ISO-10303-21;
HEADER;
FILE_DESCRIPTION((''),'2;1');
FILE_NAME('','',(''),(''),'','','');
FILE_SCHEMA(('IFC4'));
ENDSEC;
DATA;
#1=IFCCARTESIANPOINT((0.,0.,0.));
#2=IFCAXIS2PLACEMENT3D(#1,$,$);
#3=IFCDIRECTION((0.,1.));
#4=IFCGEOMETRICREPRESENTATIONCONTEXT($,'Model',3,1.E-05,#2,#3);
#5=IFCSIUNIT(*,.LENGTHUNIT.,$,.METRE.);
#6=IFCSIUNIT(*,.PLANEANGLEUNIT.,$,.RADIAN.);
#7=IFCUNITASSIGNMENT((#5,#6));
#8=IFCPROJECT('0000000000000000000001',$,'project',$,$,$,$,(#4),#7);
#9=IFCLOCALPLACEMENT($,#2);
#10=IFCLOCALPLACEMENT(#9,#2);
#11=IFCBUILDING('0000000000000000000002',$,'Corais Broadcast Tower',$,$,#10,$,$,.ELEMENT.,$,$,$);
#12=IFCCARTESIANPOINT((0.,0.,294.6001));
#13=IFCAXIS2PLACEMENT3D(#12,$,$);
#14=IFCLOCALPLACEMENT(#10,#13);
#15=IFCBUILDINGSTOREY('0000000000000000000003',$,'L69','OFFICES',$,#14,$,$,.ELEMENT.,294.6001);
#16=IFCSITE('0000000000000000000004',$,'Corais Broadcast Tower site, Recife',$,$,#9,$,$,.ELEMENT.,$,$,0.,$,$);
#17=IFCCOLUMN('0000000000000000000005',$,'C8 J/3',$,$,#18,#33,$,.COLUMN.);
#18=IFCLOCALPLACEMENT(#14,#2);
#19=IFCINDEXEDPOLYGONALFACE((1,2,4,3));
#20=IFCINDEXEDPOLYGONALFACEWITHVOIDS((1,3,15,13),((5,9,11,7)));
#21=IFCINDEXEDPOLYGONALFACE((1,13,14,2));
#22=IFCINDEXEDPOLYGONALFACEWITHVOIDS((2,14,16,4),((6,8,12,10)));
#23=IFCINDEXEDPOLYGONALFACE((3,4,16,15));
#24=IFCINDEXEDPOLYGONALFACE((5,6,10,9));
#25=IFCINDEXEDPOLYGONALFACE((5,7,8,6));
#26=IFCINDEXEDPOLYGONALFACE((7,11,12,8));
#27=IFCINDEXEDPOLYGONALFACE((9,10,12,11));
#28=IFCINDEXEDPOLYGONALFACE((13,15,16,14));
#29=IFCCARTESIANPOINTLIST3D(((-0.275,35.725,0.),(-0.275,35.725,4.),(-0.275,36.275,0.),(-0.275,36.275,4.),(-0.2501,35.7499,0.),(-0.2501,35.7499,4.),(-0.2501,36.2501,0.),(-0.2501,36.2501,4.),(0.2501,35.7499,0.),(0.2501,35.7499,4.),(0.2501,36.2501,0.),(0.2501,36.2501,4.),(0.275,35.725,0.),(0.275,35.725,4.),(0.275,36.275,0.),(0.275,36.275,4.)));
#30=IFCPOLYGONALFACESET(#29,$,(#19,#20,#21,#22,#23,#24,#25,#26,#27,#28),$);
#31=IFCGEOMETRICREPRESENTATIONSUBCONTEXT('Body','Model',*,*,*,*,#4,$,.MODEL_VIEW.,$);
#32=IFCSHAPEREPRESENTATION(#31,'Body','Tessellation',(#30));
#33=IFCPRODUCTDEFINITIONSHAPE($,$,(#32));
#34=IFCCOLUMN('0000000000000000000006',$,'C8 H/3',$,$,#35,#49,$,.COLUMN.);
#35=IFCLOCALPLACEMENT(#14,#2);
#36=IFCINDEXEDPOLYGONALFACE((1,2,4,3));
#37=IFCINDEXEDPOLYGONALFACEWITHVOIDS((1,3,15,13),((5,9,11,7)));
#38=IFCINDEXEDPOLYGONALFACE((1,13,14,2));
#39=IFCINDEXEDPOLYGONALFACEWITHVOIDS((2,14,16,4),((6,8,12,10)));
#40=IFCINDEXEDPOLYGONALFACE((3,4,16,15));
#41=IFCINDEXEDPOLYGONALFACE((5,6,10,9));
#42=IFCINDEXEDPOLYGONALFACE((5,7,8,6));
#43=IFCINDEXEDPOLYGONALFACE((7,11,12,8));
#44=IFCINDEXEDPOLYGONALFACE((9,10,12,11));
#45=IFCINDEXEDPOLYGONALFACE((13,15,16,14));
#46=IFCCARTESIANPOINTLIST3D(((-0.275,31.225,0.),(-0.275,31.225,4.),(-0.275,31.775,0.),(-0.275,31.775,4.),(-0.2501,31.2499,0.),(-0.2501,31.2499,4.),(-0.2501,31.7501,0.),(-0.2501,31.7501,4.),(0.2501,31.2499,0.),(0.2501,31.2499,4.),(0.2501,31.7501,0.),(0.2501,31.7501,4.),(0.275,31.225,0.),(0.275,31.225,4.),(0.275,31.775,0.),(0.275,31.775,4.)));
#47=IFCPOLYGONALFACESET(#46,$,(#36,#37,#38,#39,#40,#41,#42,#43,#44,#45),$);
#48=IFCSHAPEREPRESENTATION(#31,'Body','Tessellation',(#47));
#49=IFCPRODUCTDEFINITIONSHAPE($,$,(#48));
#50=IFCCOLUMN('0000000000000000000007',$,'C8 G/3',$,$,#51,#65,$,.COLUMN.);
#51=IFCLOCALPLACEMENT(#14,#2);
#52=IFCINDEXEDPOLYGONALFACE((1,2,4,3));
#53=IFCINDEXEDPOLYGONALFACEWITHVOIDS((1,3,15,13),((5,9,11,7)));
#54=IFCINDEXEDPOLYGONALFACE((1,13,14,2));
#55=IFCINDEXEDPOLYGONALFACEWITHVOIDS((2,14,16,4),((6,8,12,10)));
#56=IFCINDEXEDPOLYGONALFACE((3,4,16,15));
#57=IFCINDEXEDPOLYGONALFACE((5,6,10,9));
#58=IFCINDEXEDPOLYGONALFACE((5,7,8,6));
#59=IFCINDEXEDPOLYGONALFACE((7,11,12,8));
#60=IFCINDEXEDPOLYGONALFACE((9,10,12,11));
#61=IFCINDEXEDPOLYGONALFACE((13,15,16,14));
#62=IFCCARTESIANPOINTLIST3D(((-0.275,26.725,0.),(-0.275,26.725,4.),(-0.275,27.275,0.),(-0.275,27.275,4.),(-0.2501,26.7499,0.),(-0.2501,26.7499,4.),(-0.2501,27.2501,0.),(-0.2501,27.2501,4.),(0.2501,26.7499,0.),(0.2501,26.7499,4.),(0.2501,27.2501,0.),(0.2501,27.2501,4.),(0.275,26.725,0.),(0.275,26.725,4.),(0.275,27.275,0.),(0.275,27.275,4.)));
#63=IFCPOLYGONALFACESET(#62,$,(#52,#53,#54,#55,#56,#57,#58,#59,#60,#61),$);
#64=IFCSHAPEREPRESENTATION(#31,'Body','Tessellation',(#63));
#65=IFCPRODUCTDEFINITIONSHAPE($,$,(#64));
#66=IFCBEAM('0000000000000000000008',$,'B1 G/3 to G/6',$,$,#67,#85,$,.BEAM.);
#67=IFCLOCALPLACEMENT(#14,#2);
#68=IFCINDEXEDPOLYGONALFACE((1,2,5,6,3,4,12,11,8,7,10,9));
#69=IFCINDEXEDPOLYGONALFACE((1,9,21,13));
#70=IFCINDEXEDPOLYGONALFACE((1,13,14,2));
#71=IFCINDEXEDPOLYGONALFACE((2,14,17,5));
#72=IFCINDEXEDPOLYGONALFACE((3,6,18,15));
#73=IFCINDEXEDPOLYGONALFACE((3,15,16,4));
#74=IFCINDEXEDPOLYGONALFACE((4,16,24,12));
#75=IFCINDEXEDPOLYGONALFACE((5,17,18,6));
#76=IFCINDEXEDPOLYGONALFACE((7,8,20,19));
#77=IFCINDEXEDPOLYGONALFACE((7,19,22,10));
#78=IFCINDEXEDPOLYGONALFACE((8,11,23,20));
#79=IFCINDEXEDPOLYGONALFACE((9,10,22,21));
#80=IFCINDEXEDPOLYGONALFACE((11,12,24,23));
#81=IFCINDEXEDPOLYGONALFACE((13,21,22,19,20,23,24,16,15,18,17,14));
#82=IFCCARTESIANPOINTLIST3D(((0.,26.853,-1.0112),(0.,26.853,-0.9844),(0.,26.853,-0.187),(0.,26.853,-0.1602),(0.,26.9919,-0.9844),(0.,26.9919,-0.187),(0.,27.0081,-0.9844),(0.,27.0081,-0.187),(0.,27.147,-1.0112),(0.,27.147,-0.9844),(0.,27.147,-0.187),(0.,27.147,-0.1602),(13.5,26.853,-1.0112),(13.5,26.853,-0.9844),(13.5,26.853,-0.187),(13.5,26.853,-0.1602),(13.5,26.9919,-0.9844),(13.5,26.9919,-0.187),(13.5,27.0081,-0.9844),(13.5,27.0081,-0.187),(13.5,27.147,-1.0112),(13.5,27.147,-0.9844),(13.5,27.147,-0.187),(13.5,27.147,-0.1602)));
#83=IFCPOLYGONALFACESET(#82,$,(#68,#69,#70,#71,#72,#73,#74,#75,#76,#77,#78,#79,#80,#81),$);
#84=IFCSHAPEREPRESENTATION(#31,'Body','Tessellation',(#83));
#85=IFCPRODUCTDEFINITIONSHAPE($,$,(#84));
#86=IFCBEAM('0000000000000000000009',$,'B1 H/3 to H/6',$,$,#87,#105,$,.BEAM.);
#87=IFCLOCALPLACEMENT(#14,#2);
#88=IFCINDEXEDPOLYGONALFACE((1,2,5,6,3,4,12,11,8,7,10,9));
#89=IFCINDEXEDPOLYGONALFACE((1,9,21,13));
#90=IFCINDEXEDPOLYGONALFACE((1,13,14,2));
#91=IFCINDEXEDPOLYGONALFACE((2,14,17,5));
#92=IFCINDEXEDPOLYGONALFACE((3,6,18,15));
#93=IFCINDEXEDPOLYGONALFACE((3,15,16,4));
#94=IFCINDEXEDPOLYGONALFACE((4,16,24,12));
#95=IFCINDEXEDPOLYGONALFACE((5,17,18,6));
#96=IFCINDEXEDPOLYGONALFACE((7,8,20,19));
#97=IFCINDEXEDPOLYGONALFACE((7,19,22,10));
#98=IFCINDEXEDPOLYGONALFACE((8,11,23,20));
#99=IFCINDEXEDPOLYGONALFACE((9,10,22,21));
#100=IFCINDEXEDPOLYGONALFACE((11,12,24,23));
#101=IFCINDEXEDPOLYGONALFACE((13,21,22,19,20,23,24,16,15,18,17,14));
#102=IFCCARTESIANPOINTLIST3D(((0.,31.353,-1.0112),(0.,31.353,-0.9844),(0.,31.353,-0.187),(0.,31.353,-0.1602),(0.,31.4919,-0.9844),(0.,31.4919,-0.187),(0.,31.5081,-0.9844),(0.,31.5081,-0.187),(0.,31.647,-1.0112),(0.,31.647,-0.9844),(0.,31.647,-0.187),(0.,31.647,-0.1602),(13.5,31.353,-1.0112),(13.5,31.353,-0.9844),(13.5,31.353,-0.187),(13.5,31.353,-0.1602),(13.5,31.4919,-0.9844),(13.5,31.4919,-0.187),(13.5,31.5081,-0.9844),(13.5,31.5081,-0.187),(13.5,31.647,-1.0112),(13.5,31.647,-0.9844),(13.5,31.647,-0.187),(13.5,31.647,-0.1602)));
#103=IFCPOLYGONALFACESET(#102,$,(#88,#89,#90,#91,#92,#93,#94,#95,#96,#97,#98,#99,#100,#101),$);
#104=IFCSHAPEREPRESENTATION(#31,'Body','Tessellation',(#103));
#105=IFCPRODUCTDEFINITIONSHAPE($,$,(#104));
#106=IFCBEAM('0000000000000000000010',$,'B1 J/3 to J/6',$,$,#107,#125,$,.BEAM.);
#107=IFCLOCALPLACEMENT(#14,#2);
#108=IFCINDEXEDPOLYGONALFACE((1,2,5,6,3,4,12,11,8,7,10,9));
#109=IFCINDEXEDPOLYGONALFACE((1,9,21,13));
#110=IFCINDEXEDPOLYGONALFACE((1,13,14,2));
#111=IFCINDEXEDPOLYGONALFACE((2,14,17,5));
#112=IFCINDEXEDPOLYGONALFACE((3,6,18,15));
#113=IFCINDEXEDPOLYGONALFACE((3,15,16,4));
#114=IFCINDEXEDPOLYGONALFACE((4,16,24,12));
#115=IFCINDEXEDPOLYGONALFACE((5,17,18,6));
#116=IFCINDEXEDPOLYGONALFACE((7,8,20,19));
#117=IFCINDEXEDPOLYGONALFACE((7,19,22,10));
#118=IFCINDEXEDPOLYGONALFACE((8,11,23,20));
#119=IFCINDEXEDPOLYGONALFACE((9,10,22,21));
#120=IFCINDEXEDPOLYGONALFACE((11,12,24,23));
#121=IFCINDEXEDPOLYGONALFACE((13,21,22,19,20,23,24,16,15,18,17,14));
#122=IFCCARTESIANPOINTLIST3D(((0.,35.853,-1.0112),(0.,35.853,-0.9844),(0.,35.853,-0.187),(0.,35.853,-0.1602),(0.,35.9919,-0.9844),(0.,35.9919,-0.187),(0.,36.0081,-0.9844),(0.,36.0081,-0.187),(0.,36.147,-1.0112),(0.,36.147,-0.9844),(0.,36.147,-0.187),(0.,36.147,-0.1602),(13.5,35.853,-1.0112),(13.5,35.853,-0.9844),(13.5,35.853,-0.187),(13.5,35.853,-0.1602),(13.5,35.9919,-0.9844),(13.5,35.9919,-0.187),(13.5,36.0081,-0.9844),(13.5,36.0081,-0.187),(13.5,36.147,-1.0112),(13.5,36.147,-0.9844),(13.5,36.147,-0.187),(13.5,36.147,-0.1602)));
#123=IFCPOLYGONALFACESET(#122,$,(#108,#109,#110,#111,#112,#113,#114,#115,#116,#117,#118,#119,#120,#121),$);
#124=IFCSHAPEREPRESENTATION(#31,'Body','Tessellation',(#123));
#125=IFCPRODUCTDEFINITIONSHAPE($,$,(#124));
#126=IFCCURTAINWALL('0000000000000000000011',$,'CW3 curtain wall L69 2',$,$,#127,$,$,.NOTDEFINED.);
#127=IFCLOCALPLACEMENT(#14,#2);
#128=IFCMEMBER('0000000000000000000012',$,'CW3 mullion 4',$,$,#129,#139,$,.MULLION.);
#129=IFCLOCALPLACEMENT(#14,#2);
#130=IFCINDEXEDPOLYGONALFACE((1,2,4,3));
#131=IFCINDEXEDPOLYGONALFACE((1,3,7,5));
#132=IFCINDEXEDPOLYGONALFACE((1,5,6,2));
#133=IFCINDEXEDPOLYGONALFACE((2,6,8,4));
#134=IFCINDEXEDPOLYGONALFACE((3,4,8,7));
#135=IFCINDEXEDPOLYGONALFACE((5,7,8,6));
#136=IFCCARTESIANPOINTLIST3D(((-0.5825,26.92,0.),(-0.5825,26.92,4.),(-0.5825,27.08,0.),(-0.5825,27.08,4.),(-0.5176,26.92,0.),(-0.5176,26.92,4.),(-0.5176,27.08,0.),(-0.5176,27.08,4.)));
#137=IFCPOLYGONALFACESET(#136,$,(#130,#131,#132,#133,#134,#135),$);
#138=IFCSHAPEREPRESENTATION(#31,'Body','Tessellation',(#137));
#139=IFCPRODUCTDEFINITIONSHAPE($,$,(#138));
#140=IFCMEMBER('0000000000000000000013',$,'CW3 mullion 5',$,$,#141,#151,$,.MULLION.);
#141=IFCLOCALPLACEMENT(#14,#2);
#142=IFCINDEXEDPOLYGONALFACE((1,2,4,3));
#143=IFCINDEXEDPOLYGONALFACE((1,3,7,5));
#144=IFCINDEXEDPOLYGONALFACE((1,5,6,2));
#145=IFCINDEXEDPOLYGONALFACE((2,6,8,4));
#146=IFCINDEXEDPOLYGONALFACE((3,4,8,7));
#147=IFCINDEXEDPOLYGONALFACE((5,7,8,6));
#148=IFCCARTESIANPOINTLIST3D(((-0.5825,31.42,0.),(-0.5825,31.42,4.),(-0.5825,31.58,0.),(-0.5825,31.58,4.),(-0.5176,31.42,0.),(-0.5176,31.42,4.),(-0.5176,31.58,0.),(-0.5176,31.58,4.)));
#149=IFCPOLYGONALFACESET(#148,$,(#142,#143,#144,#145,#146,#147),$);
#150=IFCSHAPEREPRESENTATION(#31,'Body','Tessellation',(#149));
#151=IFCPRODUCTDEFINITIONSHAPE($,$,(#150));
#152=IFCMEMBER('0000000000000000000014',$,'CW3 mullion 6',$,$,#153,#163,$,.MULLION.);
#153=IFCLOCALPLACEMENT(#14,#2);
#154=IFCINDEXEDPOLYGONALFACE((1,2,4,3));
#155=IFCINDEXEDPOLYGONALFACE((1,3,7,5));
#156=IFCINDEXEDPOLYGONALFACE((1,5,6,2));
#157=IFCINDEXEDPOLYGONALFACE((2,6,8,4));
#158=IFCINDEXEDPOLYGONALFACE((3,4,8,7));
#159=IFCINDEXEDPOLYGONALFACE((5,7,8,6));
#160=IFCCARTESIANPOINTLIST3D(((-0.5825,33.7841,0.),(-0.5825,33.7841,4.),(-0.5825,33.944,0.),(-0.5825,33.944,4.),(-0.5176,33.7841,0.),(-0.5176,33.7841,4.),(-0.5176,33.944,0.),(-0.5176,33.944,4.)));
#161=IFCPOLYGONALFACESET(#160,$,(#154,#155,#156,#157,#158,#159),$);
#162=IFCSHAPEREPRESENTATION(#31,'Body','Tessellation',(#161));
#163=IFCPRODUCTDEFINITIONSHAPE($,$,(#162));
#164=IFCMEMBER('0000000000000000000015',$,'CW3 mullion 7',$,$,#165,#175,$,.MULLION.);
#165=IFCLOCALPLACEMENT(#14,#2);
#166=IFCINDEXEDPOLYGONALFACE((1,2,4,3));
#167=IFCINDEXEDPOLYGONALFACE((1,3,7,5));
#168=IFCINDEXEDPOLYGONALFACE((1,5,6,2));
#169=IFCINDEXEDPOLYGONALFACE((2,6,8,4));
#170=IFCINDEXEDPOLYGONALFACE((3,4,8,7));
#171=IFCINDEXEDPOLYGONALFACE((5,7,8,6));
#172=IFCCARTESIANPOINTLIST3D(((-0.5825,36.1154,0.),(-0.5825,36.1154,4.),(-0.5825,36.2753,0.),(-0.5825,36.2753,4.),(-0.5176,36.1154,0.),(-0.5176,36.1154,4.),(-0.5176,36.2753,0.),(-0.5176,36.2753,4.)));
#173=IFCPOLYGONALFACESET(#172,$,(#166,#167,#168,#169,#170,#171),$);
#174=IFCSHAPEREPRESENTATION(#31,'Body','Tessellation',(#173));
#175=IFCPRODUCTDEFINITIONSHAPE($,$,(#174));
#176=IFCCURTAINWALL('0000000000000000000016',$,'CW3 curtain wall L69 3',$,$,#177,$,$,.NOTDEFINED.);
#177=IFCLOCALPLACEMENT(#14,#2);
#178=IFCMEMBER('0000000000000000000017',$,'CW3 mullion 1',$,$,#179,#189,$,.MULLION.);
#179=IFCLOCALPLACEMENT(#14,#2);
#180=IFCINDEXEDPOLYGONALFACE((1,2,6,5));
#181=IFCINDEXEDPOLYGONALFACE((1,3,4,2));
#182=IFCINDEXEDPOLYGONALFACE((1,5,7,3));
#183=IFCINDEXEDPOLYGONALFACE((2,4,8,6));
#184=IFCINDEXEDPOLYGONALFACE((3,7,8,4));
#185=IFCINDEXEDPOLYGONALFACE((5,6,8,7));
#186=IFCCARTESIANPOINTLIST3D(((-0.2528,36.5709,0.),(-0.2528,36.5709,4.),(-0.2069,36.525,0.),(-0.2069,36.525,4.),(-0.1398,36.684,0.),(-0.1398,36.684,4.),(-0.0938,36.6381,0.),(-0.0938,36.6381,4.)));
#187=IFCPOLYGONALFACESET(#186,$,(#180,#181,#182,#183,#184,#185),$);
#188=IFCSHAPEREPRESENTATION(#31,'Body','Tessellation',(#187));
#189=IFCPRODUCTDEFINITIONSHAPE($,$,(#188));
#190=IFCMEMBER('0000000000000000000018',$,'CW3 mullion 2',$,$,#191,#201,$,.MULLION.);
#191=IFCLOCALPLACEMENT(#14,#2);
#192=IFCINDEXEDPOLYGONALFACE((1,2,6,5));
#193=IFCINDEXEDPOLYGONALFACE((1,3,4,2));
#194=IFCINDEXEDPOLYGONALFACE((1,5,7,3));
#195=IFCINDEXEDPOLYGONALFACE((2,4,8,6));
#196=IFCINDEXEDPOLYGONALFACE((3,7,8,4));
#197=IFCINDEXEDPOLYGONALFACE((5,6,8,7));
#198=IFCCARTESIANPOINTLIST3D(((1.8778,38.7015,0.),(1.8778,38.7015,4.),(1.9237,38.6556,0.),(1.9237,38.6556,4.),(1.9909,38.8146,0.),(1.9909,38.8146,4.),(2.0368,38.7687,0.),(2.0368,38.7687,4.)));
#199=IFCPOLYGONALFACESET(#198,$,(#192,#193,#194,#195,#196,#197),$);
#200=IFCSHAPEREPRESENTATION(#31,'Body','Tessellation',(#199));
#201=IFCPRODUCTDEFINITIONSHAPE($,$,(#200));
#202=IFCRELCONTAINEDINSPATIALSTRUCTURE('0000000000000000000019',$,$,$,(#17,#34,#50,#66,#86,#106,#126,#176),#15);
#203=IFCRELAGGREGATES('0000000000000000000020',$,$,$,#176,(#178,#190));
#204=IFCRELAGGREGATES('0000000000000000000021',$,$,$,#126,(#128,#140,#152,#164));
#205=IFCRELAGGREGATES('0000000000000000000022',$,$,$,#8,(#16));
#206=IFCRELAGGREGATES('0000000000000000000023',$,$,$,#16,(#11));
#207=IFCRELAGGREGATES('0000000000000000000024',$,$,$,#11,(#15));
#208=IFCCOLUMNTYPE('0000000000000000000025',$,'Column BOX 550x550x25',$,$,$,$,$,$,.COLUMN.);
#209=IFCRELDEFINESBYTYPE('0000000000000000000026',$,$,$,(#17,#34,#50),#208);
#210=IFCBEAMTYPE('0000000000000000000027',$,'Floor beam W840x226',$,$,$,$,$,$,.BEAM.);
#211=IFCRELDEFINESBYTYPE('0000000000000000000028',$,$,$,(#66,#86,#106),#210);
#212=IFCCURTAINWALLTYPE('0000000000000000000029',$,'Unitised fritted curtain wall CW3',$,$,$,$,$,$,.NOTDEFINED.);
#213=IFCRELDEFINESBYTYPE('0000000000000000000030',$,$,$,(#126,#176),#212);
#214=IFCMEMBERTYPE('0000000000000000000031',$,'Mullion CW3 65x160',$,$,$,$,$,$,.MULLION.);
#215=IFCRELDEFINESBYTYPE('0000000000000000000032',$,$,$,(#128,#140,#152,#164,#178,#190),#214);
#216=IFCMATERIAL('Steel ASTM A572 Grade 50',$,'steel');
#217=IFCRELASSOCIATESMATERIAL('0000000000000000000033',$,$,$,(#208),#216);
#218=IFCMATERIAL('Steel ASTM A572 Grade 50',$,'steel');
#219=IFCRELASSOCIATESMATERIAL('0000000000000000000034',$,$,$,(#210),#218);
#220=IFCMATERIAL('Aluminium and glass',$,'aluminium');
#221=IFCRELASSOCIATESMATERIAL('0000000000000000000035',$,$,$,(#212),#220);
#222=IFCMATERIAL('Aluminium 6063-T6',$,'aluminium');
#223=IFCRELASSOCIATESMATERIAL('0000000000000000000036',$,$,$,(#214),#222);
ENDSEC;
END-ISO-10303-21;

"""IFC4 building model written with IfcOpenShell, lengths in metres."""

from ifc_helpers import new_model, si_unit, direction, frame, origin, origin_2d, place, context, subcontext, project, spatial, rectangle, hollow_rectangle, i_section, extrude, material, material_profile, profile_set, type_object, element, aggregate, save


model = new_model("IFC4")

# Units and contexts
model_context = context("Model", 3, precision=1e-05, world=origin(), true_north=direction((0.0, 1.0)))
body_context = subcontext(model_context, "Body", "Model", "MODEL_VIEW")
ifc_project = project(units=[si_unit("LENGTHUNIT", "METRE"), si_unit("PLANEANGLEUNIT", "RADIAN")], contexts=[model_context])

# Site, building, storey
site_placement = place(None, origin())
site = spatial("IfcSite", under=ifc_project, at=site_placement, Name="Corais Broadcast Tower site, Recife", CompositionType="ELEMENT", RefElevation=0.0)
building_placement = place(site_placement, origin())
building = spatial("IfcBuilding", under=site, at=building_placement, Name="Corais Broadcast Tower", CompositionType="ELEMENT")
storey_placement = place(building_placement, frame((0.0, 0.0, 294.6001)))
storey = spatial("IfcBuildingStorey", under=building, at=storey_placement, Name="L69", Description="OFFICES", CompositionType="ELEMENT", Elevation=294.6001)

# Columns
ifc_material_1 = material(Name="Steel ASTM A572 Grade 50", Category="steel")
ifc_material_profile_1 = material_profile(ifc_material_1, hollow_rectangle(XDim=0.55, YDim=0.55, WallThickness=0.0249, at=origin_2d()), Name="BOX 550x550x25")
ifc_profile_set_1 = profile_set([ifc_material_profile_1], Name="Steel ASTM A572 Grade 50")
column_type = type_object("IfcColumnType", Name="Column BOX 550x550x25", PredefinedType="COLUMN", material=ifc_profile_set_1)
for number, where, z_axis, x_axis, name in (
    (1, (0.0, 36.0, 0.0), (0.0, 0.0, 1.0), (1.0, 0.0, 0.0), "C8 J/3"),
    (2, (0.0, 31.5, 0.0), (0.0, 0.0, 1.0), (1.0, 0.0, 0.0), "C8 H/3"),
    (3, (0.0, 27.0, 0.0), (0.0, 0.0, 1.0), (1.0, 0.0, 0.0), "C8 G/3"),
):
    element("IfcColumn", number, at=place(storey_placement, frame(where, z_axis=z_axis, x_axis=x_axis)), inside=storey, type_object=column_type, Name=name, PredefinedType="COLUMN", context=body_context, shape_type="SweptSolid", body=[
        extrude(hollow_rectangle(XDim=0.55, YDim=0.55, WallThickness=0.0249, at=origin_2d()), origin(), (0.0, 0.0, 1.0), 4.0),
    ])

# Beams
ifc_material_2 = material(Name="Steel ASTM A572 Grade 50", Category="steel")
ifc_material_profile_2 = material_profile(ifc_material_2, i_section(OverallWidth=0.2939, OverallDepth=0.8511, WebThickness=0.0161, FlangeThickness=0.0269, at=origin_2d()), Name="W840x226")
ifc_profile_set_2 = profile_set([ifc_material_profile_2], Name="Steel ASTM A572 Grade 50")
beam_type_1 = type_object("IfcBeamType", Name="Floor beam W840x226", PredefinedType="BEAM", material=ifc_profile_set_2)
for number, where, z_axis, x_axis, name in (
    (4, (0.0, 27.0, -0.5857), (1.0, 0.0, 0.0), (0.0, 1.0, 0.0), "B1 G/3 to G/6"),
    (5, (0.0, 31.5, -0.5857), (1.0, 0.0, 0.0), (0.0, 1.0, 0.0), "B1 H/3 to H/6"),
    (6, (0.0, 36.0, -0.5857), (1.0, 0.0, 0.0), (0.0, 1.0, 0.0), "B1 J/3 to J/6"),
):
    element("IfcBeam", number, at=place(storey_placement, frame(where, z_axis=z_axis, x_axis=x_axis)), inside=storey, type_object=beam_type_1, Name=name, PredefinedType="BEAM", context=body_context, shape_type="SweptSolid", body=[
        extrude(i_section(OverallWidth=0.2939, OverallDepth=0.8511, WebThickness=0.0161, FlangeThickness=0.0269, at=origin_2d()), origin(), (0.0, 0.0, 1.0), 13.5),
    ])

# Curtain walls, members
ifc_material_3 = material(Name="Aluminium and glass", Category="aluminium")
curtain_wall_type = type_object("IfcCurtainWallType", Name="Unitised fritted curtain wall CW3", PredefinedType="NOTDEFINED", material=ifc_material_3)
curtain_wall_1_placement = place(storey_placement, origin())
curtain_wall_1 = element("IfcCurtainWall", 7, at=curtain_wall_1_placement, inside=storey, type_object=curtain_wall_type, Name="CW3 curtain wall L69 2", PredefinedType="NOTDEFINED")
ifc_material_4 = material(Name="Aluminium 6063-T6", Category="aluminium")
ifc_material_profile_3 = material_profile(ifc_material_4, rectangle(XDim=0.0649, YDim=0.1599, at=origin_2d()), Name="Mullion CW3 65x160")
ifc_profile_set_3 = profile_set([ifc_material_profile_3], Name="Aluminium 6063-T6")
member_type_1 = type_object("IfcMemberType", Name="Mullion CW3 65x160", PredefinedType="MULLION", material=ifc_profile_set_3)
member_1_placement = place(storey_placement, frame((-0.55, 27.0, 0.0), z_axis=(0.0, 0.0, 1.0), x_axis=(-1.0, 0.0, 0.0)))
member_1 = element("IfcMember", 8, at=member_1_placement, type_object=member_type_1, Name="CW3 mullion 4", PredefinedType="MULLION", context=body_context, shape_type="SweptSolid", body=[
    extrude(rectangle(XDim=0.0649, YDim=0.1599, at=origin_2d()), origin(), (0.0, 0.0, 1.0), 4.0),
])
member_2_placement = place(storey_placement, frame((-0.55, 31.5, 0.0), z_axis=(0.0, 0.0, 1.0), x_axis=(-1.0, 0.0, 0.0)))
member_2 = element("IfcMember", 9, at=member_2_placement, type_object=member_type_1, Name="CW3 mullion 5", PredefinedType="MULLION", context=body_context, shape_type="SweptSolid", body=[
    extrude(rectangle(XDim=0.0649, YDim=0.1599, at=origin_2d()), origin(), (0.0, 0.0, 1.0), 4.0),
])
member_3_placement = place(storey_placement, frame((-0.55, 33.864, 0.0), z_axis=(0.0, 0.0, 1.0), x_axis=(-1.0, 0.0, 0.0)))
member_3 = element("IfcMember", 10, at=member_3_placement, type_object=member_type_1, Name="CW3 mullion 6", PredefinedType="MULLION", context=body_context, shape_type="SweptSolid", body=[
    extrude(rectangle(XDim=0.0649, YDim=0.1599, at=origin_2d()), origin(), (0.0, 0.0, 1.0), 4.0),
])
member_4_placement = place(storey_placement, frame((-0.55, 36.1953, 0.0), z_axis=(0.0, 0.0, 1.0), x_axis=(-1.0, 0.0, 0.0)))
member_4 = element("IfcMember", 11, at=member_4_placement, type_object=member_type_1, Name="CW3 mullion 7", PredefinedType="MULLION", context=body_context, shape_type="SweptSolid", body=[
    extrude(rectangle(XDim=0.0649, YDim=0.1599, at=origin_2d()), origin(), (0.0, 0.0, 1.0), 4.0),
])
curtain_wall_2_placement = place(storey_placement, origin())
curtain_wall_2 = element("IfcCurtainWall", 12, at=curtain_wall_2_placement, inside=storey, type_object=curtain_wall_type, Name="CW3 curtain wall L69 3", PredefinedType="NOTDEFINED")
member_5_placement = place(storey_placement, frame((-0.1733, 36.6045, 0.0), z_axis=(0.0, 0.0, 1.0), x_axis=(-0.707107, 0.707107, 0.0)))
member_5 = element("IfcMember", 13, at=member_5_placement, type_object=member_type_1, Name="CW3 mullion 1", PredefinedType="MULLION", context=body_context, shape_type="SweptSolid", body=[
    extrude(rectangle(XDim=0.0649, YDim=0.1599, at=origin_2d()), origin(), (0.0, 0.0, 1.0), 4.0),
])
member_6_placement = place(storey_placement, frame((1.9573, 38.7351, 0.0), z_axis=(0.0, 0.0, 1.0), x_axis=(-0.707107, 0.707107, 0.0)))
member_6 = element("IfcMember", 14, at=member_6_placement, type_object=member_type_1, Name="CW3 mullion 2", PredefinedType="MULLION", context=body_context, shape_type="SweptSolid", body=[
    extrude(rectangle(XDim=0.0649, YDim=0.1599, at=origin_2d()), origin(), (0.0, 0.0, 1.0), 4.0),
])

aggregate(curtain_wall_2, [member_5, member_6])
aggregate(curtain_wall_1, [member_1, member_2, member_3, member_4])

save(model, "model.ifc")
